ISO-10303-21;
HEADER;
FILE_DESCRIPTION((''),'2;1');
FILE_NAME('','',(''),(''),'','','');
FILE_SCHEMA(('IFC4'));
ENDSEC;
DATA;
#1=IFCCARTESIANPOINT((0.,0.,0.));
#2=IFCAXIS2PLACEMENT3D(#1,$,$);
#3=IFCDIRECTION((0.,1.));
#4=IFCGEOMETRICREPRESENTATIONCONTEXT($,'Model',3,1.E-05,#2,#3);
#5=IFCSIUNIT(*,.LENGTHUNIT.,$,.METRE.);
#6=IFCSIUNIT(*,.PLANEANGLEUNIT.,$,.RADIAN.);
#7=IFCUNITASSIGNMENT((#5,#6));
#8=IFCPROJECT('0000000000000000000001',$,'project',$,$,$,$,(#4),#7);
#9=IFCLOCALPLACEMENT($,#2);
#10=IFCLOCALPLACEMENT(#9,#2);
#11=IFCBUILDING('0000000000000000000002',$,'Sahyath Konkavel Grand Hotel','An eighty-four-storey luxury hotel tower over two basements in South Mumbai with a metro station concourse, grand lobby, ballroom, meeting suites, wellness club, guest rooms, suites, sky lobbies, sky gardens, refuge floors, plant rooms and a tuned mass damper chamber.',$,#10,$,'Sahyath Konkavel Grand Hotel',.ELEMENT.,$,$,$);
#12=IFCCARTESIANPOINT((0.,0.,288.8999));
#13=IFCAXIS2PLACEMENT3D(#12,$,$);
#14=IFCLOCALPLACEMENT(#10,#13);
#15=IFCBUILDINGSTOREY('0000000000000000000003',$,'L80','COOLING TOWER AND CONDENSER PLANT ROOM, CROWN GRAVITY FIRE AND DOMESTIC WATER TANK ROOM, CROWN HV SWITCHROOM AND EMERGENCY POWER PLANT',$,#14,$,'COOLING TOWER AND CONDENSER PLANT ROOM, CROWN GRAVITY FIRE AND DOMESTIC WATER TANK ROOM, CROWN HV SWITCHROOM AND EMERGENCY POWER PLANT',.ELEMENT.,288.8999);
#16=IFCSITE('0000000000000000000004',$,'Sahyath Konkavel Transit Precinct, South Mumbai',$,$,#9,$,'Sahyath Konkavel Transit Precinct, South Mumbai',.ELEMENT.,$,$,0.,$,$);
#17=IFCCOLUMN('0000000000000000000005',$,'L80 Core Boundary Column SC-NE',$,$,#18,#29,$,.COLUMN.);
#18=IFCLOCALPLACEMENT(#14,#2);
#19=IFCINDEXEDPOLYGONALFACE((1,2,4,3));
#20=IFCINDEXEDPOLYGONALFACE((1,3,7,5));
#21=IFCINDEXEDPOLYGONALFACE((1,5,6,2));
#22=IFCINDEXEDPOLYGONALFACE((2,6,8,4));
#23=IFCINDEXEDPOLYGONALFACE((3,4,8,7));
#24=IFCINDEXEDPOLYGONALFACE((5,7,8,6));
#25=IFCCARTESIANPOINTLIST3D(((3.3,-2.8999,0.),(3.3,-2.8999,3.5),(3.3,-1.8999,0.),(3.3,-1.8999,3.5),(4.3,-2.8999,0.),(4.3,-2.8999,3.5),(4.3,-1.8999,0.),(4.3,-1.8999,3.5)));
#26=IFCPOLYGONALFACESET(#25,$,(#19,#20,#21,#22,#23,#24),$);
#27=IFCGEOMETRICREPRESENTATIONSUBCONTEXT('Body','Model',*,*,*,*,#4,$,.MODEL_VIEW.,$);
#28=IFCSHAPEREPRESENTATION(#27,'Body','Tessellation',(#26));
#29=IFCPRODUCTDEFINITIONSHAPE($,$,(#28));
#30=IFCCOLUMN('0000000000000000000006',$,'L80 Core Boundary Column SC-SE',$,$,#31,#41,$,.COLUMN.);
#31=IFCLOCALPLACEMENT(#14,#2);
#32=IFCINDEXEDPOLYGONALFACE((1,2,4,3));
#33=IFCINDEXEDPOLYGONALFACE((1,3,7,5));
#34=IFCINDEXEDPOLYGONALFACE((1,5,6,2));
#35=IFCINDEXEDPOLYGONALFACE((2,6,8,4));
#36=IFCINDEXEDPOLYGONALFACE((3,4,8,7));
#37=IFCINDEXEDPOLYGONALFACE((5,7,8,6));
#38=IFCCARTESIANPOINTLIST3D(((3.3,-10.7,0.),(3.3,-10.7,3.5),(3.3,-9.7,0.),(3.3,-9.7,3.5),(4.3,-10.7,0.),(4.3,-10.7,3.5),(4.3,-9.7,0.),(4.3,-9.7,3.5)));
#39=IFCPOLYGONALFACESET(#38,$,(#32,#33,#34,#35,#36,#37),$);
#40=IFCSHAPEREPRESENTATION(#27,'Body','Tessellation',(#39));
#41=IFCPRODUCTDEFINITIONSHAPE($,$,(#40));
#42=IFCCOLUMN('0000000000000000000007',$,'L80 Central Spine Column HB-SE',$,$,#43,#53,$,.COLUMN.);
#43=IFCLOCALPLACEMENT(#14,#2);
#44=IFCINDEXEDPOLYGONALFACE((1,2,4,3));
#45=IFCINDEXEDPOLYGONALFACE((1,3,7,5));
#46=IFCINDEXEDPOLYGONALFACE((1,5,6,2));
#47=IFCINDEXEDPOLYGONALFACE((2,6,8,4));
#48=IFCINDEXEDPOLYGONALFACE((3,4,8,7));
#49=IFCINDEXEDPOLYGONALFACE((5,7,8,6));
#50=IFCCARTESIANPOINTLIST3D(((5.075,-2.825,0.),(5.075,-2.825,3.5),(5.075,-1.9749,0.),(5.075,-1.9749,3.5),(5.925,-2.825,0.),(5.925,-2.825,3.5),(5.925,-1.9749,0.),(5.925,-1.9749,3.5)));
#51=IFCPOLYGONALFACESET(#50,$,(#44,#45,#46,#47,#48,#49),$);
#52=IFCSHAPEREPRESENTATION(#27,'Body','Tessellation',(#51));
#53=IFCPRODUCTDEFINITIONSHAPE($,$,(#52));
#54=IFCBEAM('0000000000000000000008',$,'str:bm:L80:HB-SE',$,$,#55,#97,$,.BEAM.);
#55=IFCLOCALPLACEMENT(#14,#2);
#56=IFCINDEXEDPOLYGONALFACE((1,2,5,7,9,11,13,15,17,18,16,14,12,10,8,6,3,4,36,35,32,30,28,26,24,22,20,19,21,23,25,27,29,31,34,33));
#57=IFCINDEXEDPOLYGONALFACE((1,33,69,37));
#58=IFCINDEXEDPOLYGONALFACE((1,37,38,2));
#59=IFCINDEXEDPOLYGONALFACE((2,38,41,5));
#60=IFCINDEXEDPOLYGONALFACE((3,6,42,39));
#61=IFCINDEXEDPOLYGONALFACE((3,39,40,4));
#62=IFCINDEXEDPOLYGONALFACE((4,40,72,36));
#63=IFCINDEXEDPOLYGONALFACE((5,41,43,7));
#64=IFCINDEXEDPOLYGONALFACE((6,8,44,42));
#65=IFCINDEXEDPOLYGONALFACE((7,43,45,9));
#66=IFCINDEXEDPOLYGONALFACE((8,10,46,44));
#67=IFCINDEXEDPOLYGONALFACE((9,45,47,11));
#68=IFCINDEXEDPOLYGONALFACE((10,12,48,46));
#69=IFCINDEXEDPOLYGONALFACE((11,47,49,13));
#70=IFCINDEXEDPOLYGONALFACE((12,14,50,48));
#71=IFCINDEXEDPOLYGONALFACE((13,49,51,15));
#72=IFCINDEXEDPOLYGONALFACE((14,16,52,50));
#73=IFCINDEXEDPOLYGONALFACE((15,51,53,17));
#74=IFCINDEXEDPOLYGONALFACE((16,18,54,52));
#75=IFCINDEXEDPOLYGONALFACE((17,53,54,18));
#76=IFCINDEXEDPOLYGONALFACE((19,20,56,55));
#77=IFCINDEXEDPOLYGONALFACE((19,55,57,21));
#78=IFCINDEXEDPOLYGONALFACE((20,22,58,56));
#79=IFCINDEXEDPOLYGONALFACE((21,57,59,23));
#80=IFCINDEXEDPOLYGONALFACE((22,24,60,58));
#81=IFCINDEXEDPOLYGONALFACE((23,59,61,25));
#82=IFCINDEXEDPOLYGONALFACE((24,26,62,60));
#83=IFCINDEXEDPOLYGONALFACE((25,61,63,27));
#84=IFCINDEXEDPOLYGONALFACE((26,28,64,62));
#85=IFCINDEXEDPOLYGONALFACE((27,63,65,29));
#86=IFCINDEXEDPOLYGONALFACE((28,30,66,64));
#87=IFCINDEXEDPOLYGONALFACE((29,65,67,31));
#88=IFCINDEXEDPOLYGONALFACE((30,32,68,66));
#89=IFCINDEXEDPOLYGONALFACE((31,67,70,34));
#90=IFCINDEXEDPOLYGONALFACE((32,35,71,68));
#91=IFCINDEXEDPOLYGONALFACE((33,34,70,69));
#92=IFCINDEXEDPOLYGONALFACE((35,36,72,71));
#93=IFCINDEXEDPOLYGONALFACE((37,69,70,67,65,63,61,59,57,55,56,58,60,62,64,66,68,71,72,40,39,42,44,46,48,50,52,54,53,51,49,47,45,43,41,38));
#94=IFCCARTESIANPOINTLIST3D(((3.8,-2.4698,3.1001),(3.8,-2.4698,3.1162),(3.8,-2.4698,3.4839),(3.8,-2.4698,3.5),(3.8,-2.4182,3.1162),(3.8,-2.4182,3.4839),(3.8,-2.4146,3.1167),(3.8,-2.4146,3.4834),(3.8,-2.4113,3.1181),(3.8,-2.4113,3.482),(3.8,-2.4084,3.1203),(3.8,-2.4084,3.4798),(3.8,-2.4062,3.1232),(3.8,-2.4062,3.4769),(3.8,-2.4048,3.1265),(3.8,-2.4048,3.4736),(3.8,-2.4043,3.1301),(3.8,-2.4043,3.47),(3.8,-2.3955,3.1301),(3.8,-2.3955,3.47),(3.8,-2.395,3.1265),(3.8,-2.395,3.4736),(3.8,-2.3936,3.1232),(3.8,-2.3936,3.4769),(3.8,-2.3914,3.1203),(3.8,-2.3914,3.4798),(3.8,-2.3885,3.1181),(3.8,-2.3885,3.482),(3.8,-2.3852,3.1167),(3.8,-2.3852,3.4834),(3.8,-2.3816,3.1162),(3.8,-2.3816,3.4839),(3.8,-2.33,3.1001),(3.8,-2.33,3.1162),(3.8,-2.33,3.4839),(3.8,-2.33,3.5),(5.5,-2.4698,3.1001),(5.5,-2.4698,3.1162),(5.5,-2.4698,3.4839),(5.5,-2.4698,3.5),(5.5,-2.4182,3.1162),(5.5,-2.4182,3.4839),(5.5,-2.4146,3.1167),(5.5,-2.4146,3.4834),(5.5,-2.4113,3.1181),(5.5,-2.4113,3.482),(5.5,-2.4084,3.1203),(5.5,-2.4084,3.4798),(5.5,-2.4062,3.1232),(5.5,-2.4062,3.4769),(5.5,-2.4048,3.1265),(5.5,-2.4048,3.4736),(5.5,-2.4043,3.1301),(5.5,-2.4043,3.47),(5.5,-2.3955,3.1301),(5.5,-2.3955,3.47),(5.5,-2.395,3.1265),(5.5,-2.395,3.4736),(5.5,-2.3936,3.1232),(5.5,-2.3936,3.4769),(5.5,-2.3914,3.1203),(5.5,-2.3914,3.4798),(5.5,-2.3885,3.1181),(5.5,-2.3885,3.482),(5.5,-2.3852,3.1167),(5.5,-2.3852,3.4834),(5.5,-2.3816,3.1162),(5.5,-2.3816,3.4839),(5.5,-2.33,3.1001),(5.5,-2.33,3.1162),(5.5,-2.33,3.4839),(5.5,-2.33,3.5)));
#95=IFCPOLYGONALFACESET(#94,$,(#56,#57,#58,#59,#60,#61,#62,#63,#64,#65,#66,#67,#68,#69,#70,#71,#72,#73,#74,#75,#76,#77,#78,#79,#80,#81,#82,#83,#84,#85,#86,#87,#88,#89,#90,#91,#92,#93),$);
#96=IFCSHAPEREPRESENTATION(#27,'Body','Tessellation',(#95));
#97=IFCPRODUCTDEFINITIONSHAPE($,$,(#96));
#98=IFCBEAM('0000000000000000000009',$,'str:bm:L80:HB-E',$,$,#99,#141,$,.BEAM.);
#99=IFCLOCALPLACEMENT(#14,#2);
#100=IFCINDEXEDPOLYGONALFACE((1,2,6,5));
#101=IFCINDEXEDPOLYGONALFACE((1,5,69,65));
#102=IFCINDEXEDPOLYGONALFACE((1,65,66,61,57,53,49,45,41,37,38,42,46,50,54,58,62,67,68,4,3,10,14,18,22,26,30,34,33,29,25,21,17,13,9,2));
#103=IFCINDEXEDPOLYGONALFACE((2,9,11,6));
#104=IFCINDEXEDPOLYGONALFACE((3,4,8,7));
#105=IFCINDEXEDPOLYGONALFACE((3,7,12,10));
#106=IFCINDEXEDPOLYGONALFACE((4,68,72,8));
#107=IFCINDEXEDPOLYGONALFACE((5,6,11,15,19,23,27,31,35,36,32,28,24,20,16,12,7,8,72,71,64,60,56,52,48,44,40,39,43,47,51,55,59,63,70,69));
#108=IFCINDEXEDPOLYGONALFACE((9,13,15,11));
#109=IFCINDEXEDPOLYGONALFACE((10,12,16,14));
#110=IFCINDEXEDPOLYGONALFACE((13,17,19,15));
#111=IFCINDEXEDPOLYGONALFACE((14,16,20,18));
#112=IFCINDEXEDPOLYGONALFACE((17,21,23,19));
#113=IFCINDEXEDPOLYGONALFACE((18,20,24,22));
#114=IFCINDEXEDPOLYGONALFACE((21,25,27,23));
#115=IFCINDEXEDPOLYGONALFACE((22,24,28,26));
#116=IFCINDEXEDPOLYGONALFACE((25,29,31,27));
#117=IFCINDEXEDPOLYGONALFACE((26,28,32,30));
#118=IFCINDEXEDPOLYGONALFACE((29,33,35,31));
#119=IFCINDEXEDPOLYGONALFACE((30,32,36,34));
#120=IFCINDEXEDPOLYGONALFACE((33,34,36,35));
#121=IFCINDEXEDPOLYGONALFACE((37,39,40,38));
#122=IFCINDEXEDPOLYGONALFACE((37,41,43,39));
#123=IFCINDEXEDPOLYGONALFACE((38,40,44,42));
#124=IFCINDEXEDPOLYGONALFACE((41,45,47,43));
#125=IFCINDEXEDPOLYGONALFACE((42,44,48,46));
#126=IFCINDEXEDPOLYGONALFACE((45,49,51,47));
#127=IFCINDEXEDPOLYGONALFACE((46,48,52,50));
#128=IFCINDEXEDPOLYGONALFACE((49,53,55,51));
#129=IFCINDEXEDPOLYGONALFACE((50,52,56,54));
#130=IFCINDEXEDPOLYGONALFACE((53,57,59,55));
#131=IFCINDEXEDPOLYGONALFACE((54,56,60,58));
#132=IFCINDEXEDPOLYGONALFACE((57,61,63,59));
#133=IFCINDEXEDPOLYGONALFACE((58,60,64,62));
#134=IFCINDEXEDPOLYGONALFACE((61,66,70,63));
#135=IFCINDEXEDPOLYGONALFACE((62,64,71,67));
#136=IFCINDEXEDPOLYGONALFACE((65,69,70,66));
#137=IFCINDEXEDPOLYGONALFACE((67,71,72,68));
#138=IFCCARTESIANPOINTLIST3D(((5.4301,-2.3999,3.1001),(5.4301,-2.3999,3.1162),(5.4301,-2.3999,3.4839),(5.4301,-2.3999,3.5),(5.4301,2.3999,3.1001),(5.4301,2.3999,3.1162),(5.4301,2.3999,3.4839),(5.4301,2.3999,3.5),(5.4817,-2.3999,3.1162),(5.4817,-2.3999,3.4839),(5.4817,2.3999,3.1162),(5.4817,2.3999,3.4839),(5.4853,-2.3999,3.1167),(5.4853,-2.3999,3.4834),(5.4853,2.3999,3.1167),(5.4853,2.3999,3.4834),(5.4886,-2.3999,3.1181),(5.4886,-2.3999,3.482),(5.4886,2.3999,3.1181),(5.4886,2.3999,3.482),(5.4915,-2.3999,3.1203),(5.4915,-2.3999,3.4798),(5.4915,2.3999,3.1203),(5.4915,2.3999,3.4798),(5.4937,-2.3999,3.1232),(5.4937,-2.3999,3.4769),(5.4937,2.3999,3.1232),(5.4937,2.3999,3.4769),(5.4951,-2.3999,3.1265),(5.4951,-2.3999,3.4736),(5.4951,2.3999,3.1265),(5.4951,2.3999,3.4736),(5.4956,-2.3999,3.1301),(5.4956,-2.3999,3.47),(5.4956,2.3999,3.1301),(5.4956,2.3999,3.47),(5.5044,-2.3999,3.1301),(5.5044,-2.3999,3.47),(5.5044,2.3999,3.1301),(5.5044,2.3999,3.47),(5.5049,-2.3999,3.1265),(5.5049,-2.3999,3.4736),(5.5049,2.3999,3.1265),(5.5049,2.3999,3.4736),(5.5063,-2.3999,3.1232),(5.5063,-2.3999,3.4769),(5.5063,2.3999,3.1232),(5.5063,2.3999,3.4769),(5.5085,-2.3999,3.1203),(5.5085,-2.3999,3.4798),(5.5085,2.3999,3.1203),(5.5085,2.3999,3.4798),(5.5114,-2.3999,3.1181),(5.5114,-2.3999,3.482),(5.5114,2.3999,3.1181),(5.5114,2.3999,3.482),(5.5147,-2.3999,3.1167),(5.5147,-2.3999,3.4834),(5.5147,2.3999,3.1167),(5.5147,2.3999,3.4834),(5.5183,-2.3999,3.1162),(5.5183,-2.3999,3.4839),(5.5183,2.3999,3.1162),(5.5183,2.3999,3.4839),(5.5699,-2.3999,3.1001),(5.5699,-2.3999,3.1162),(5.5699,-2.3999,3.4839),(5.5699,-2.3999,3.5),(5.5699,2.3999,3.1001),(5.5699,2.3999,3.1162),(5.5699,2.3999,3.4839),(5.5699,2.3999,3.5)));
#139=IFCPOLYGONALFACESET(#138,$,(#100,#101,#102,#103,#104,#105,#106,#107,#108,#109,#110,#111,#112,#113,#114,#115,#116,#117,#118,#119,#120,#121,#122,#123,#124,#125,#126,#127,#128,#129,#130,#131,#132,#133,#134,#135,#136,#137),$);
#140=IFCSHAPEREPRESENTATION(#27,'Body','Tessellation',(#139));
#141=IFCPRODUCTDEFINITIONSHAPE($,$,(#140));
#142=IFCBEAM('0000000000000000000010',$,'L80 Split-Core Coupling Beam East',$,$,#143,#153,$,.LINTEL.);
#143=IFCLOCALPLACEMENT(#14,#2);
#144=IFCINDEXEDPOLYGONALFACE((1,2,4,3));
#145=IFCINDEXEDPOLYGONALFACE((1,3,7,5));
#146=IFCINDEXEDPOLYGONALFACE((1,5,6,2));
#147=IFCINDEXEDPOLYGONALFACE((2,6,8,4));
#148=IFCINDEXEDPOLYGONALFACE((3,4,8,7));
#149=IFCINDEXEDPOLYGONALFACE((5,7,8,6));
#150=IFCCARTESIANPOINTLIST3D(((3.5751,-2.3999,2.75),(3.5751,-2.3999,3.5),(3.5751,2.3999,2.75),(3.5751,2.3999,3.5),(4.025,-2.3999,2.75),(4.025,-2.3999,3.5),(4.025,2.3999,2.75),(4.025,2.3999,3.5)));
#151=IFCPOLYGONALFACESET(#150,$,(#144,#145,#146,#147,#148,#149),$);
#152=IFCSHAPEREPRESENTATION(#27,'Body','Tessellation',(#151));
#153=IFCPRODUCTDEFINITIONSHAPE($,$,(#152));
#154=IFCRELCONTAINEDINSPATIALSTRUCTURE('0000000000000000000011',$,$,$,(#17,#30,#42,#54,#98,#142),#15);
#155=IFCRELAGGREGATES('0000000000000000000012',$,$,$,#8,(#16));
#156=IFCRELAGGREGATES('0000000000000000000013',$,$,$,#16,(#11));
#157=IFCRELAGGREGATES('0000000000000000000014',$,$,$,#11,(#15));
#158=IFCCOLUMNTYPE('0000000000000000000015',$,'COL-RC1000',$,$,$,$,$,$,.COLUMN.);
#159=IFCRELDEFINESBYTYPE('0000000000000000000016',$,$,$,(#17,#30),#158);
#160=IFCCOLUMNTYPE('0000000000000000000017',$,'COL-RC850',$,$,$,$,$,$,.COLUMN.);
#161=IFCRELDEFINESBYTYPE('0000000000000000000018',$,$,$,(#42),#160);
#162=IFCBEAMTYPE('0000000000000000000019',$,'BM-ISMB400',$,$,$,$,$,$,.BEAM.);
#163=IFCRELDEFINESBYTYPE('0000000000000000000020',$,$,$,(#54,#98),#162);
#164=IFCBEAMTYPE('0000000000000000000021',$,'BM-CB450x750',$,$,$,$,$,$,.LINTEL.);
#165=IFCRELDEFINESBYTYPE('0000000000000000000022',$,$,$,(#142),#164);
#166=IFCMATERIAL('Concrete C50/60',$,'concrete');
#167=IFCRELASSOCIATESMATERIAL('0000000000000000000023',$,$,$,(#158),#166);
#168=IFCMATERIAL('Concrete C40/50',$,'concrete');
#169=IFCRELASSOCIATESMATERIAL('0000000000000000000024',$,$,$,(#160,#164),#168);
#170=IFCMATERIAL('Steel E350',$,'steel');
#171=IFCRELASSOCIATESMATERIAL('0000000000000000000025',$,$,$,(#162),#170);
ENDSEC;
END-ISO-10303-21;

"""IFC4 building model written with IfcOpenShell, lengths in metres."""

from ifc_helpers import new_model, si_unit, direction, frame, origin, origin_2d, place, context, subcontext, project, spatial, rectangle, i_section, extrude, source, transform, mapped, material, material_profile, profile_set, type_object, element, save


model = new_model("IFC4")

# Units and contexts
model_context = context("Model", 3, precision=1e-05, world=origin(), true_north=direction((0.0, 1.0)))
body_context = subcontext(model_context, "Body", "Model", "MODEL_VIEW")
ifc_project = project(units=[si_unit("LENGTHUNIT", "METRE"), si_unit("PLANEANGLEUNIT", "RADIAN")], contexts=[model_context])

# Site, building, storey
site_placement = place(None, origin())
site = spatial("IfcSite", under=ifc_project, at=site_placement, Name="Sahyath Konkavel Transit Precinct, South Mumbai", LongName="Sahyath Konkavel Transit Precinct, South Mumbai", CompositionType="ELEMENT", RefElevation=0.0)
building_placement = place(site_placement, origin())
building = spatial("IfcBuilding", under=site, at=building_placement, Name="Sahyath Konkavel Grand Hotel", Description="An eighty-four-storey luxury hotel tower over two basements in South Mumbai with a metro station concourse, grand lobby, ballroom, meeting suites, wellness club, guest rooms, suites, sky lobbies, sky gardens, refuge floors, plant rooms and a tuned mass damper chamber.", LongName="Sahyath Konkavel Grand Hotel", CompositionType="ELEMENT")
storey_placement = place(building_placement, frame((0.0, 0.0, 288.8999)))
storey = spatial("IfcBuildingStorey", under=building, at=storey_placement, Name="L80", Description="COOLING TOWER AND CONDENSER PLANT ROOM, CROWN GRAVITY FIRE AND DOMESTIC WATER TANK ROOM, CROWN HV SWITCHROOM AND EMERGENCY POWER PLANT", LongName="COOLING TOWER AND CONDENSER PLANT ROOM, CROWN GRAVITY FIRE AND DOMESTIC WATER TANK ROOM, CROWN HV SWITCHROOM AND EMERGENCY POWER PLANT", CompositionType="ELEMENT", Elevation=288.8999)

# Columns
ifc_material_1 = material(Name="Concrete C50/60", Category="concrete")
ifc_material_profile_1 = material_profile(ifc_material_1, rectangle(XDim=1.0, YDim=1.0, at=origin_2d()), Name="RC 1000x1000")
ifc_profile_set_1 = profile_set([ifc_material_profile_1], Name="Concrete C50/60")
column_type_1 = type_object("IfcColumnType", Name="COL-RC1000", PredefinedType="COLUMN", material=ifc_profile_set_1)
shared_shape_1 = source(origin(), body_context, "Body", "SweptSolid", [
    extrude(rectangle(XDim=1.0, YDim=1.0, at=origin_2d()), origin(), (0.0, 0.0, 1.0), 3.5),
])
for number, where, z_axis, x_axis, name in (
    (1, (3.8, -2.3999, 0.0), (0.0, 0.0, 1.0), (1.0, 0.0, 0.0), "L80 Core Boundary Column SC-NE"),
    (2, (3.8, -10.2, 0.0), (0.0, 0.0, 1.0), (1.0, 0.0, 0.0), "L80 Core Boundary Column SC-SE"),
):
    element("IfcColumn", number, at=place(storey_placement, frame(where, z_axis=z_axis, x_axis=x_axis)), inside=storey, type_object=column_type_1, Name=name, PredefinedType="COLUMN", context=body_context, shape_type="MappedRepresentation", body=[
        mapped(shared_shape_1, transform((0.0, 0.0, 0.0), scale=1.0)),
    ])
ifc_material_2 = material(Name="Concrete C40/50", Category="concrete")
ifc_material_profile_2 = material_profile(ifc_material_2, rectangle(XDim=0.8501, YDim=0.8501, at=origin_2d()), Name="RC 850x850")
ifc_profile_set_2 = profile_set([ifc_material_profile_2], Name="Concrete C40/50")
column_type_2 = type_object("IfcColumnType", Name="COL-RC850", PredefinedType="COLUMN", material=ifc_profile_set_2)
shared_shape_2 = source(origin(), body_context, "Body", "SweptSolid", [
    extrude(rectangle(XDim=0.8501, YDim=0.8501, at=origin_2d()), origin(), (0.0, 0.0, 1.0), 3.5),
])
column_placement = place(storey_placement, frame((5.5, -2.3999, 0.0), z_axis=(0.0, 0.0, 1.0), x_axis=(1.0, 0.0, 0.0)))
element("IfcColumn", 3, at=column_placement, inside=storey, type_object=column_type_2, Name="L80 Central Spine Column HB-SE", PredefinedType="COLUMN", context=body_context, shape_type="MappedRepresentation", body=[
    mapped(shared_shape_2, transform((0.0, 0.0, 0.0), scale=1.0)),
])

# Beams
ifc_material_3 = material(Name="Steel E350", Category="steel")
ifc_material_profile_3 = material_profile(ifc_material_3, i_section(OverallWidth=0.1399, OverallDepth=0.3999, WebThickness=0.0088, FlangeThickness=0.0161, FilletRadius=0.0139, at=origin_2d()), Name="ISMB 400")
ifc_profile_set_3 = profile_set([ifc_material_profile_3], Name="Steel E350")
beam_type_1 = type_object("IfcBeamType", Name="BM-ISMB400", PredefinedType="BEAM", material=ifc_profile_set_3)
shared_shape_3 = source(origin(), body_context, "Body", "SweptSolid", [
    extrude(i_section(OverallWidth=0.1399, OverallDepth=0.3999, WebThickness=0.0088, FlangeThickness=0.0161, FilletRadius=0.0139, at=origin_2d()), origin(), (0.0, 0.0, 1.0), 1.7),
])
beam_1_placement = place(storey_placement, frame((3.8, -2.3999, 3.3), z_axis=(1.0, 0.0, 0.0), x_axis=(0.0, 1.0, 0.0)))
element("IfcBeam", 4, at=beam_1_placement, inside=storey, type_object=beam_type_1, Name="str:bm:L80:HB-SE", PredefinedType="BEAM", context=body_context, shape_type="MappedRepresentation", body=[
    mapped(shared_shape_3, transform((0.0, 0.0, 0.0), scale=1.0)),
])
shared_shape_4 = source(origin(), body_context, "Body", "SweptSolid", [
    extrude(i_section(OverallWidth=0.1399, OverallDepth=0.3999, WebThickness=0.0088, FlangeThickness=0.0161, FilletRadius=0.0139, at=origin_2d()), origin(), (0.0, 0.0, 1.0), 4.7998),
])
beam_2_placement = place(storey_placement, frame((5.5, -2.3999, 3.3), z_axis=(0.0, 1.0, 0.0), x_axis=(-1.0, 0.0, 0.0)))
element("IfcBeam", 5, at=beam_2_placement, inside=storey, type_object=beam_type_1, Name="str:bm:L80:HB-E", PredefinedType="BEAM", context=body_context, shape_type="MappedRepresentation", body=[
    mapped(shared_shape_4, transform((0.0, 0.0, 0.0), scale=1.0)),
])
ifc_material_profile_4 = material_profile(ifc_material_2, rectangle(XDim=0.45, YDim=0.75, at=origin_2d()), Name="RC 450x750")
ifc_profile_set_4 = profile_set([ifc_material_profile_4], Name="Concrete C40/50")
beam_type_2 = type_object("IfcBeamType", Name="BM-CB450x750", PredefinedType="LINTEL", material=ifc_profile_set_4)
shared_shape_5 = source(origin(), body_context, "Body", "SweptSolid", [
    extrude(rectangle(XDim=0.45, YDim=0.75, at=origin_2d()), origin(), (0.0, 0.0, 1.0), 4.7998),
])
beam_3_placement = place(storey_placement, frame((3.8, -2.3999, 3.125), z_axis=(0.0, 1.0, 0.0), x_axis=(-1.0, 0.0, 0.0)))
element("IfcBeam", 6, at=beam_3_placement, inside=storey, type_object=beam_type_2, Name="L80 Split-Core Coupling Beam East", PredefinedType="LINTEL", context=body_context, shape_type="MappedRepresentation", body=[
    mapped(shared_shape_5, transform((0.0, 0.0, 0.0), scale=1.0)),
])

save(model, "model.ifc")
